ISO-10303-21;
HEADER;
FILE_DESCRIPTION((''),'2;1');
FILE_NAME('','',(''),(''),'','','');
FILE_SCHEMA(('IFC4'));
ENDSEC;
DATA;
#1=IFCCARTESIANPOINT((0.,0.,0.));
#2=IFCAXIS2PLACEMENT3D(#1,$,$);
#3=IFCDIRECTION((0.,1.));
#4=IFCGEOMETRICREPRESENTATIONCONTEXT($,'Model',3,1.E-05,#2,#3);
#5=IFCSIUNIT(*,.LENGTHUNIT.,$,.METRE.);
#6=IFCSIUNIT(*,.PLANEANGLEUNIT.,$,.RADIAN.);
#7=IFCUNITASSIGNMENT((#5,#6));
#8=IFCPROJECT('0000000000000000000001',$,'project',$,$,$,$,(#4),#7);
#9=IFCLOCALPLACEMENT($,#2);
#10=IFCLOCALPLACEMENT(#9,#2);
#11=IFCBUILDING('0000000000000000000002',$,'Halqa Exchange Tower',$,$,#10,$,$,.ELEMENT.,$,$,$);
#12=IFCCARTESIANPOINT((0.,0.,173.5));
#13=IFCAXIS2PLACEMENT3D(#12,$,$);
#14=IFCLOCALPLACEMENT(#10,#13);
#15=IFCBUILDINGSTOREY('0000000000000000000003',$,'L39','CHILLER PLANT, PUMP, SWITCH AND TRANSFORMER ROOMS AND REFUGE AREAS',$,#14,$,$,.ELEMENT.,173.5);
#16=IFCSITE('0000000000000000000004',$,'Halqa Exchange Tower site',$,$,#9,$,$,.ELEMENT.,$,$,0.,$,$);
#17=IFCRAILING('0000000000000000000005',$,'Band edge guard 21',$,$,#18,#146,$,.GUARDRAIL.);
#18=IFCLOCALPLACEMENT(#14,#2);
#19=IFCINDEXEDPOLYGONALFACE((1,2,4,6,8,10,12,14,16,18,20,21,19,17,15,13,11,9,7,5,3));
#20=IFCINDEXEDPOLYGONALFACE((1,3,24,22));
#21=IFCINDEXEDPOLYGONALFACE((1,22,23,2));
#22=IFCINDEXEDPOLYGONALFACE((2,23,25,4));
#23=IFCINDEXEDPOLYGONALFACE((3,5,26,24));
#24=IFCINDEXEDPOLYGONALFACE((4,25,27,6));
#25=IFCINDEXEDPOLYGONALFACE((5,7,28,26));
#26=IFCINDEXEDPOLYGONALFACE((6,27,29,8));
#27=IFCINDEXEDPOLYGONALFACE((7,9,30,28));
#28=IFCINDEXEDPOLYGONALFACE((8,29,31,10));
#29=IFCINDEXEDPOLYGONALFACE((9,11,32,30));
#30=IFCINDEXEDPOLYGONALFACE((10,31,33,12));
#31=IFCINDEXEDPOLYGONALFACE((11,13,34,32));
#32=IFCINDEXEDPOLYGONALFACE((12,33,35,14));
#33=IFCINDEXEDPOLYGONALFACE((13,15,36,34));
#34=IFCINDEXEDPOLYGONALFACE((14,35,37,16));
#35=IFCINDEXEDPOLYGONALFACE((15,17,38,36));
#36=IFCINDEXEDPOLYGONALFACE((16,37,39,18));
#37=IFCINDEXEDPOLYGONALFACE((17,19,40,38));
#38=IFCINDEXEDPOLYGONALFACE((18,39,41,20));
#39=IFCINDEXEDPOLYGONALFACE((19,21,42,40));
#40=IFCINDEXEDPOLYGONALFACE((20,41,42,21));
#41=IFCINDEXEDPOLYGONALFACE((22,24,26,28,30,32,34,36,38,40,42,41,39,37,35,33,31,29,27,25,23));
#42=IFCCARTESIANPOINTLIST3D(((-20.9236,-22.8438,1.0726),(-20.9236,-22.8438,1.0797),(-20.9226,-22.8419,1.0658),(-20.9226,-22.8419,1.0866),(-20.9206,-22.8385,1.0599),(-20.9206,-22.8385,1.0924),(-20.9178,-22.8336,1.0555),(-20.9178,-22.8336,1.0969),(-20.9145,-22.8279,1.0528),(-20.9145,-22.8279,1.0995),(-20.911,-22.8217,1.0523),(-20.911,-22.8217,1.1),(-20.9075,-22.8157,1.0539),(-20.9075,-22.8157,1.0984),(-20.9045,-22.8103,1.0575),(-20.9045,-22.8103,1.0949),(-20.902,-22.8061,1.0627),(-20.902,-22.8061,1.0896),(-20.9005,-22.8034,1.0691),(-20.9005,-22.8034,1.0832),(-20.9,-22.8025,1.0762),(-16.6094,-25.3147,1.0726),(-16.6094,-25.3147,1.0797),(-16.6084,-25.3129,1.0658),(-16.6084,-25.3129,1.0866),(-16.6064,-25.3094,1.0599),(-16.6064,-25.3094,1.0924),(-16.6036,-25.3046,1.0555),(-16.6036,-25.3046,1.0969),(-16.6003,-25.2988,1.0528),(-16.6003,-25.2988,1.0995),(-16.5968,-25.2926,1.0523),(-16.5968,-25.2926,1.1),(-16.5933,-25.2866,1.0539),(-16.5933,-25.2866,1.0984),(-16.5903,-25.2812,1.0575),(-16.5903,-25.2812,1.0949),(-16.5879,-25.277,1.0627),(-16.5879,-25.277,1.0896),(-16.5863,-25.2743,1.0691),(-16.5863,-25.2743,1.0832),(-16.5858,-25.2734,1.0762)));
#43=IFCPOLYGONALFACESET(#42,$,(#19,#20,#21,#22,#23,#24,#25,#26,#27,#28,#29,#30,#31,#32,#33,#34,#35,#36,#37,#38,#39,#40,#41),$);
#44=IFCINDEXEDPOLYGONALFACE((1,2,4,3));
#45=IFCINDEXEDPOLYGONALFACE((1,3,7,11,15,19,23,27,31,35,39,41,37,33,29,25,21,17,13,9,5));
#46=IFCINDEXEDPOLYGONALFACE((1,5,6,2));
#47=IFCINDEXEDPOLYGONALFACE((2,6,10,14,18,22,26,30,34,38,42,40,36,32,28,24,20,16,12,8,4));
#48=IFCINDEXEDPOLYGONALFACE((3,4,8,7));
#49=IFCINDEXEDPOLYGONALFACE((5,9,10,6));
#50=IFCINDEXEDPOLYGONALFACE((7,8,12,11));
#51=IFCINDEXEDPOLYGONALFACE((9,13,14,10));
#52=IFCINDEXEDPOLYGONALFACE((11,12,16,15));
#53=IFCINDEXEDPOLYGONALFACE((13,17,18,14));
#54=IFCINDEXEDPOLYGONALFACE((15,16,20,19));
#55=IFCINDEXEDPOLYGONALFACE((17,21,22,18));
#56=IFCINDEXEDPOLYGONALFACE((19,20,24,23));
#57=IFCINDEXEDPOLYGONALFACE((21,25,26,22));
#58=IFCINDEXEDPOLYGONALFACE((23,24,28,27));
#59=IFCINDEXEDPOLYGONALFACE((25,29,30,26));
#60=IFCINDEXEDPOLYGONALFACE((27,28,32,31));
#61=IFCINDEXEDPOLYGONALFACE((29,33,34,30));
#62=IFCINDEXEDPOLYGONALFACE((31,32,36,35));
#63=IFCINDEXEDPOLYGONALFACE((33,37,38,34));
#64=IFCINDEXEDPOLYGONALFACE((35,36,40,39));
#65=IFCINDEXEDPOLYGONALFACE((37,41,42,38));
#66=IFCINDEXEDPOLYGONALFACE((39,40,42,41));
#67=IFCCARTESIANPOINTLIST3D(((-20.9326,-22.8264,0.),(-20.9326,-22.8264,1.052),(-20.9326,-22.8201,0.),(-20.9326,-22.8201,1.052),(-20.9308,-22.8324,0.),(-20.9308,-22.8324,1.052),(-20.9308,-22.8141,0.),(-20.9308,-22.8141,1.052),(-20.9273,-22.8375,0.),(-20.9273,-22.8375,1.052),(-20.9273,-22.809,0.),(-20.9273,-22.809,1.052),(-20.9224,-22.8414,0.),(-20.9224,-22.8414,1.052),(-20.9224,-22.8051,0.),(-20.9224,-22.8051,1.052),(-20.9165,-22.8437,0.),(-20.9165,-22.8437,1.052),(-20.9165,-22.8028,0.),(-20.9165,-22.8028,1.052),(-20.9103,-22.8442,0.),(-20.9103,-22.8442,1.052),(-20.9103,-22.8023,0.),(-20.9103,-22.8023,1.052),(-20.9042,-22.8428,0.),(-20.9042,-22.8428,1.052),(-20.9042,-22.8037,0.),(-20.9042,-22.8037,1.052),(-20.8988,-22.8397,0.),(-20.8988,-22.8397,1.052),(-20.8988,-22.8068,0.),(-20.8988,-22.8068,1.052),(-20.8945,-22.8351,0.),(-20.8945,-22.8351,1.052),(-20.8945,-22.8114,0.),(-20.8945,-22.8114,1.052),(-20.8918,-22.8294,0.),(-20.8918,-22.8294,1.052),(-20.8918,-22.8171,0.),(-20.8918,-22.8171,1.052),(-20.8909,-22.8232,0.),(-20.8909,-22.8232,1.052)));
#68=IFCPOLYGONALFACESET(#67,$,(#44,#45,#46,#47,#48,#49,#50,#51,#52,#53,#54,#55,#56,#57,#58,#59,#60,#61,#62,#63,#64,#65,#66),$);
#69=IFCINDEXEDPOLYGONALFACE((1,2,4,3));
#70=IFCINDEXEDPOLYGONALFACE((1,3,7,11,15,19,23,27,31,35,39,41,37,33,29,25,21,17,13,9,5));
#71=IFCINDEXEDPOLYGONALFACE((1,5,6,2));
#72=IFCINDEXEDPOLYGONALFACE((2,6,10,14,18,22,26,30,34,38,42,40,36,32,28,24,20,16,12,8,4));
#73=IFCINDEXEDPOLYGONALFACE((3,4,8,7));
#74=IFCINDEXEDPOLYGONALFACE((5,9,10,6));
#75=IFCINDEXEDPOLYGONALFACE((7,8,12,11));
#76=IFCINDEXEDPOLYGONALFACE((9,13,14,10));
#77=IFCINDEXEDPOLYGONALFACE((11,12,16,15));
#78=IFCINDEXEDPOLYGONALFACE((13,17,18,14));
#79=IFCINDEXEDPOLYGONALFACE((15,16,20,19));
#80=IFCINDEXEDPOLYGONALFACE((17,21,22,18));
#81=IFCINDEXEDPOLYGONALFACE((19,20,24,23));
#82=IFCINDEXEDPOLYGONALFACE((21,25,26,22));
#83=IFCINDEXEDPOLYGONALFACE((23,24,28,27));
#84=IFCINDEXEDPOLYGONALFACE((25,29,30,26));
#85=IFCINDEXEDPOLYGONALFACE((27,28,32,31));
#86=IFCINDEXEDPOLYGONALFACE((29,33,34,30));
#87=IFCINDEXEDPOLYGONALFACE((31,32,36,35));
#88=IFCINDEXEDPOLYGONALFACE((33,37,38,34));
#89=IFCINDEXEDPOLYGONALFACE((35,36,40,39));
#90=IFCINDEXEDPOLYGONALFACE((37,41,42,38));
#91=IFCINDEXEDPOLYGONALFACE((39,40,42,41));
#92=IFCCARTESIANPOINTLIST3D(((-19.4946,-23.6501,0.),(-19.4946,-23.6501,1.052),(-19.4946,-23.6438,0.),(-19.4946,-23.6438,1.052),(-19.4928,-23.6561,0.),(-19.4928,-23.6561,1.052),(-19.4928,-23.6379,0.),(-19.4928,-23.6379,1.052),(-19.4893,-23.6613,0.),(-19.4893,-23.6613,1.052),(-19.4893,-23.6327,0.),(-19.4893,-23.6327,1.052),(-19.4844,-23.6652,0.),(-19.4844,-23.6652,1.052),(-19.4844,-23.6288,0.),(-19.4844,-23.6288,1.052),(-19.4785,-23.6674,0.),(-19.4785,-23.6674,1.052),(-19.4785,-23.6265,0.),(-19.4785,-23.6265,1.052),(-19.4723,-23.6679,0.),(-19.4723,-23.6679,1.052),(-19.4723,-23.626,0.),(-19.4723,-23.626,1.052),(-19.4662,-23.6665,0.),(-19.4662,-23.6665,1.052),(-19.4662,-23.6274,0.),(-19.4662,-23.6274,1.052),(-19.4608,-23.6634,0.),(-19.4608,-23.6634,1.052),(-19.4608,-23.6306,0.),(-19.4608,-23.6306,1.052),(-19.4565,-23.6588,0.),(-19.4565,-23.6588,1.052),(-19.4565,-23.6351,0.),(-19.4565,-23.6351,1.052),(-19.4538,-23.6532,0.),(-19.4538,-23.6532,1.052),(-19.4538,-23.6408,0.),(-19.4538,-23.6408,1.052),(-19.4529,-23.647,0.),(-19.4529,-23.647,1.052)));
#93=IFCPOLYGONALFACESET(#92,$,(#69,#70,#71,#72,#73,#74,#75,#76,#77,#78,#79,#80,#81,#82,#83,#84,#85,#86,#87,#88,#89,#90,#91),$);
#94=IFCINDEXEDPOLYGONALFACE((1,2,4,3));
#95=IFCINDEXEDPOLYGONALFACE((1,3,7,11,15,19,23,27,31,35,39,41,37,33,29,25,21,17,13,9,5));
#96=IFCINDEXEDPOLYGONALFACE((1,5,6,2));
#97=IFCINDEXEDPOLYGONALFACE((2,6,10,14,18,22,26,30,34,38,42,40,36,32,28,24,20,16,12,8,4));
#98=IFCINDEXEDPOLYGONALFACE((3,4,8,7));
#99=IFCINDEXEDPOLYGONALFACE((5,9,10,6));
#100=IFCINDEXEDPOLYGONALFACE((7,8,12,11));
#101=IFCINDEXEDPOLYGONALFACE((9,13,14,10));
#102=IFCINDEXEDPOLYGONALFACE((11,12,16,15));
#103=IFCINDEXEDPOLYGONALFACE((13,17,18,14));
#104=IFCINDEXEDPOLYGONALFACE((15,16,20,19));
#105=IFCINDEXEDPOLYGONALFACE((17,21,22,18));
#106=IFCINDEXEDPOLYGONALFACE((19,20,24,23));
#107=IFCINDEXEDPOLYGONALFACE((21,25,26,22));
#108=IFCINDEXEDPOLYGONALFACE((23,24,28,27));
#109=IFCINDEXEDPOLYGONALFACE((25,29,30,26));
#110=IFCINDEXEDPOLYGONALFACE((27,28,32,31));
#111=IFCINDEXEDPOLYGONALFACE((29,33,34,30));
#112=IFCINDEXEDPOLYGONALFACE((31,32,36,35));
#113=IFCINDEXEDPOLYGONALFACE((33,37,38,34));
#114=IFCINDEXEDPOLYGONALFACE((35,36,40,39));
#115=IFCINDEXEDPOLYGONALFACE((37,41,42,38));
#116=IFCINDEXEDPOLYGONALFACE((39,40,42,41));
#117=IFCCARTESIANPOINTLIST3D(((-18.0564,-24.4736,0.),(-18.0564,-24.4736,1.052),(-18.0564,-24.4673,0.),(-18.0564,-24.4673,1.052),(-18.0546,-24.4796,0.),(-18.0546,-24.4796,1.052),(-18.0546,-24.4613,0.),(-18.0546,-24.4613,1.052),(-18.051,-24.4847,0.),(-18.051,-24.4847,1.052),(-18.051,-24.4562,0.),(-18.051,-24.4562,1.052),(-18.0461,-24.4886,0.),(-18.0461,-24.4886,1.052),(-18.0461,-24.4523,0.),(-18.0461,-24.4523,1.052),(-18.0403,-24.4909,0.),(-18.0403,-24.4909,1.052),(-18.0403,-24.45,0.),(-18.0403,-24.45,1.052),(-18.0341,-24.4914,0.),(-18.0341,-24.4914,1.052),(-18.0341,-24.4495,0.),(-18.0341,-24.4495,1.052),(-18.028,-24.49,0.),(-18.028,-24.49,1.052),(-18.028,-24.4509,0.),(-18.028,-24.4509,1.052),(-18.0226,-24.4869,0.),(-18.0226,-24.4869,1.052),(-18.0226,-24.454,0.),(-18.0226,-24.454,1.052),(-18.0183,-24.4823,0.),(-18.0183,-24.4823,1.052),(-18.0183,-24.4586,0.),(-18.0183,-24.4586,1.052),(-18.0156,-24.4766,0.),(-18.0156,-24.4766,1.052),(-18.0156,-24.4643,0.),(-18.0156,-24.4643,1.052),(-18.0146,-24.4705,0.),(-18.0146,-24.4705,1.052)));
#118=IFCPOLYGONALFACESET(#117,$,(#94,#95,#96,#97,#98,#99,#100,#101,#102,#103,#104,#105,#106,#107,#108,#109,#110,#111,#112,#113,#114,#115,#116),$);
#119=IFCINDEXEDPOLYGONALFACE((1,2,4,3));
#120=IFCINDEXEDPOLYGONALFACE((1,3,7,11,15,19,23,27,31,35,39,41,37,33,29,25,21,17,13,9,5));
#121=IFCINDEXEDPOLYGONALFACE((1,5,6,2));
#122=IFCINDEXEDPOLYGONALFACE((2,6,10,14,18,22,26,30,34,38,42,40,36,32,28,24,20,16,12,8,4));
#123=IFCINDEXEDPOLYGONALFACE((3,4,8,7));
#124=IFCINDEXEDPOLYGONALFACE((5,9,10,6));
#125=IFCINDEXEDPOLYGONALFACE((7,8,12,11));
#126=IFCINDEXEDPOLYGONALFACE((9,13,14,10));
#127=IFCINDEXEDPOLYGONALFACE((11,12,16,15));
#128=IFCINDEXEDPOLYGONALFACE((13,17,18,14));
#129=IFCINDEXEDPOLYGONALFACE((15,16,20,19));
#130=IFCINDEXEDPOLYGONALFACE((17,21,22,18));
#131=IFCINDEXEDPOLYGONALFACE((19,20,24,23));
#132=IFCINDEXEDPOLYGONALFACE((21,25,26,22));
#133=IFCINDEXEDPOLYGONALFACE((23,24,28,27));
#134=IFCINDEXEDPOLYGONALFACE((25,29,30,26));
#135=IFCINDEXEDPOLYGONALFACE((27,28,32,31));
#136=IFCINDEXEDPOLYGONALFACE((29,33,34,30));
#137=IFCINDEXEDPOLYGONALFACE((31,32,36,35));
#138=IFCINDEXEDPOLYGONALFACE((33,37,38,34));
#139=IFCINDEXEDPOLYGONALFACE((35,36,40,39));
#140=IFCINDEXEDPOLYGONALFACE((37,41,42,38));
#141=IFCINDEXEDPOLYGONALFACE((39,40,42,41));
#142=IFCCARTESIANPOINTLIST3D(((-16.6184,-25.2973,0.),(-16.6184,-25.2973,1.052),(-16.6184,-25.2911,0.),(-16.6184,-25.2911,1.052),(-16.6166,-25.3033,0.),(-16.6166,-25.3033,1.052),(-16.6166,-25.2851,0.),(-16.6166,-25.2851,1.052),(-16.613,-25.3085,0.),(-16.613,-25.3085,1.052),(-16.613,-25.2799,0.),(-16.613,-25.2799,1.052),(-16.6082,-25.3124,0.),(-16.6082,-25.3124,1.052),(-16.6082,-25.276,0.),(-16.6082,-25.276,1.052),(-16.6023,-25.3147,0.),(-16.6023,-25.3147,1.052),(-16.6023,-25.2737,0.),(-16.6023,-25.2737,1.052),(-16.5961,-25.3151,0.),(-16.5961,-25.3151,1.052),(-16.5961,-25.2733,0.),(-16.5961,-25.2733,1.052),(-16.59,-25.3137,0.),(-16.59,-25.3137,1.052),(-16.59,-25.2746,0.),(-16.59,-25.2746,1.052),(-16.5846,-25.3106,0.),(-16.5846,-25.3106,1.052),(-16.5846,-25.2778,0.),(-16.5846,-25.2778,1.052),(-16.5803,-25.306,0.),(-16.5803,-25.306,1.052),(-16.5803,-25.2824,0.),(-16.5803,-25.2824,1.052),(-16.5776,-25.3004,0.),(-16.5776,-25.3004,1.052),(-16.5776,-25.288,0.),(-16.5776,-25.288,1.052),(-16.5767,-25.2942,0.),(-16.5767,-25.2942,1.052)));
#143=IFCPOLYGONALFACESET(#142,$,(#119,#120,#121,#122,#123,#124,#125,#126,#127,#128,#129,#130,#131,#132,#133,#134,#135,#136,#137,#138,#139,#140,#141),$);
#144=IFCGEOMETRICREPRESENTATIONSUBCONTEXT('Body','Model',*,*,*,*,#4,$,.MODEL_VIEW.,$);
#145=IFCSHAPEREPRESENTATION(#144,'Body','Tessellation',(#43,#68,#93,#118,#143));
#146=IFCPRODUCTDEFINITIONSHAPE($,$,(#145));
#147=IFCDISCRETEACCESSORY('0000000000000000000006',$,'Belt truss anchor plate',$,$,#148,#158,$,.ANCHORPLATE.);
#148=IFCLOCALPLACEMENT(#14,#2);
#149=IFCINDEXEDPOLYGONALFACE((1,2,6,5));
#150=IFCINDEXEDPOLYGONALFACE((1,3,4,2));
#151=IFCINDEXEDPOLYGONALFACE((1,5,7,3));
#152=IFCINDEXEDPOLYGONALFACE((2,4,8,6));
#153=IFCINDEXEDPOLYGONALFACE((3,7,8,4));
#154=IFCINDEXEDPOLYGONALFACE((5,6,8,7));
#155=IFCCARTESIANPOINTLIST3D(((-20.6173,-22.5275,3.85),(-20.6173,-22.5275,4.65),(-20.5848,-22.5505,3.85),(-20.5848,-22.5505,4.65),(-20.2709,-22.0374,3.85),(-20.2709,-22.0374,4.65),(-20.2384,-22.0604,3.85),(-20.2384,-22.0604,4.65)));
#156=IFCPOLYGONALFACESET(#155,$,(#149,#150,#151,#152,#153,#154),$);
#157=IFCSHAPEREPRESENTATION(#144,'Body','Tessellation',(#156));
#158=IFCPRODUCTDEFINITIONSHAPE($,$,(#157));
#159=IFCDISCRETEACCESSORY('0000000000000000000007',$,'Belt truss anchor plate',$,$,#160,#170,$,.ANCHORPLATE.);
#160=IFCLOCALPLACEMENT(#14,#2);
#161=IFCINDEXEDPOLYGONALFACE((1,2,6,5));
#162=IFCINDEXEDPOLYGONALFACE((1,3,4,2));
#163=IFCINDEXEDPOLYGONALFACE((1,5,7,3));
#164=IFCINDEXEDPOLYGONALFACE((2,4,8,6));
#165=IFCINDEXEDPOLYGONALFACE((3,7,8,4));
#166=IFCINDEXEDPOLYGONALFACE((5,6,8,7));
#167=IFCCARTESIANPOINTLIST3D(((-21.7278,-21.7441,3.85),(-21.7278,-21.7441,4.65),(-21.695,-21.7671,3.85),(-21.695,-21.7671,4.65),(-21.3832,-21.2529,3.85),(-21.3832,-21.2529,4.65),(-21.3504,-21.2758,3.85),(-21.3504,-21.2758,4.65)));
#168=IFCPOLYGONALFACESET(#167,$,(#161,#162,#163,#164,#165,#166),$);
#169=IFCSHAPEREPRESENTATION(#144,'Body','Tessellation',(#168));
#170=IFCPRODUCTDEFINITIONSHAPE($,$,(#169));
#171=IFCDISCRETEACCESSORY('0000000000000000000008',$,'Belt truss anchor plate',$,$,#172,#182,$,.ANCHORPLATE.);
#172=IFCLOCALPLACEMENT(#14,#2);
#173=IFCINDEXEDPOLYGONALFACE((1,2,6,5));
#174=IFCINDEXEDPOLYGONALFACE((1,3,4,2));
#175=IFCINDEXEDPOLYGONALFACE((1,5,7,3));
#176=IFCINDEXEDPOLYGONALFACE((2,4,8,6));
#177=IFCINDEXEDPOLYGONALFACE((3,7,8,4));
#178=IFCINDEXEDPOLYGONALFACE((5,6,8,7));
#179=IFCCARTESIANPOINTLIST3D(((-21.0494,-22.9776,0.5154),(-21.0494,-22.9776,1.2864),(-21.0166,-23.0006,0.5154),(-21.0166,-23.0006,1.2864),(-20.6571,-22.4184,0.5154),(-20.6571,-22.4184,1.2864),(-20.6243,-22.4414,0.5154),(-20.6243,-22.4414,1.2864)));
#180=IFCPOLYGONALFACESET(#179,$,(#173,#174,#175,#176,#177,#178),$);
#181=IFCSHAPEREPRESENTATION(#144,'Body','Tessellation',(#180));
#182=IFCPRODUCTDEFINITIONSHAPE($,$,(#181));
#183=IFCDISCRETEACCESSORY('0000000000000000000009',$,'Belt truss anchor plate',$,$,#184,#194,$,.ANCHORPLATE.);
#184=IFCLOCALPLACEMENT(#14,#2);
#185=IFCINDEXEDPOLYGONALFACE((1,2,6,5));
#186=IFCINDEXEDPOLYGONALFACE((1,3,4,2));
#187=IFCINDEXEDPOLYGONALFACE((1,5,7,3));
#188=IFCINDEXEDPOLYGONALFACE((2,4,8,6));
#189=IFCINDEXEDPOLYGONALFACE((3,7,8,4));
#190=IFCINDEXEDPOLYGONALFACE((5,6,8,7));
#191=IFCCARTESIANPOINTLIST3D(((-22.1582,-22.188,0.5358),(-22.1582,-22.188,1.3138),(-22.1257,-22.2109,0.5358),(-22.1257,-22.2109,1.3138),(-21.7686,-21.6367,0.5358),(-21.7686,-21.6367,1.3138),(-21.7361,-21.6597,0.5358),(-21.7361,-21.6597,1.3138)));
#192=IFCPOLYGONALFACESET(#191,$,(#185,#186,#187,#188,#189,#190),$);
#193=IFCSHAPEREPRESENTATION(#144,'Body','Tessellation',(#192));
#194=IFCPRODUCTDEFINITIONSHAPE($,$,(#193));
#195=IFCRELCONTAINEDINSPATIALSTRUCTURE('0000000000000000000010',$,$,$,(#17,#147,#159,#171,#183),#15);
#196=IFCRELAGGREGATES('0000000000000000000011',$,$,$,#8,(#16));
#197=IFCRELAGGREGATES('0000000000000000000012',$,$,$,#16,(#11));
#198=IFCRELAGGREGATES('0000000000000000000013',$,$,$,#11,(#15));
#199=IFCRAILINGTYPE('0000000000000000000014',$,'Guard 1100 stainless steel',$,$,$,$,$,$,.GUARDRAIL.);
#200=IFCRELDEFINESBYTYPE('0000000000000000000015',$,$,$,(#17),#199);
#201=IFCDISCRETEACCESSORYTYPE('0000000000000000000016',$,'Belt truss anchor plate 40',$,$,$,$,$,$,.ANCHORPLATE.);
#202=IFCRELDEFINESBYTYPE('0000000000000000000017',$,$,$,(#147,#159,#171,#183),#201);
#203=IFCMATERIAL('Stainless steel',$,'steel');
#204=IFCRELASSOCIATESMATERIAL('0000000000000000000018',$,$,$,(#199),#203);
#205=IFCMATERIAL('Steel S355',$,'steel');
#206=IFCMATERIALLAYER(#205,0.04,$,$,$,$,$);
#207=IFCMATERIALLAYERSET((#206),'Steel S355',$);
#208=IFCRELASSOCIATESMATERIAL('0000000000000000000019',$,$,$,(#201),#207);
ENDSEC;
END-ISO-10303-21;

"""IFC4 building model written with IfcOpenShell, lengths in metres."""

from ifc_helpers import new_model, si_unit, direction, frame, origin, origin_2d, place, context, subcontext, project, spatial, rectangle, circle, extrude, material, layer, layer_set, type_object, element, save


model = new_model("IFC4")

# Units and contexts
model_context = context("Model", 3, precision=1e-05, world=origin(), true_north=direction((0.0, 1.0)))
body_context = subcontext(model_context, "Body", "Model", "MODEL_VIEW")
ifc_project = project(units=[si_unit("LENGTHUNIT", "METRE"), si_unit("PLANEANGLEUNIT", "RADIAN")], contexts=[model_context])

# Site, building, storey
site_placement = place(None, origin())
site = spatial("IfcSite", under=ifc_project, at=site_placement, Name="Halqa Exchange Tower site", CompositionType="ELEMENT", RefElevation=0.0)
building_placement = place(site_placement, origin())
building = spatial("IfcBuilding", under=site, at=building_placement, Name="Halqa Exchange Tower", CompositionType="ELEMENT")
storey_placement = place(building_placement, frame((0.0, 0.0, 173.5)))
storey = spatial("IfcBuildingStorey", under=building, at=storey_placement, Name="L39", Description="CHILLER PLANT, PUMP, SWITCH AND TRANSFORMER ROOMS AND REFUGE AREAS", CompositionType="ELEMENT", Elevation=173.5)

# Shared definitions
ifc_material_1 = material(Name="Steel S355", Category="steel")

# Railing
ifc_material_2 = material(Name="Stainless steel", Category="steel")
railing_type = type_object("IfcRailingType", Name="Guard 1100 stainless steel", PredefinedType="GUARDRAIL", material=ifc_material_2)
railing_placement = place(storey_placement, frame((-20.9119, -22.8232, 0.0)))
element("IfcRailing", 1, at=railing_placement, inside=storey, type_object=railing_type, Name="Band edge guard 21", PredefinedType="GUARDRAIL", context=body_context, shape_type="SweptSolid", body=[
    extrude(circle(Radius=0.0239, at=origin_2d()), frame((0.0, 0.0, 1.0762), z_axis=(0.86775, -0.497001, 0.0), x_axis=(0.497001, 0.86775, 0.0)), (0.0, 0.0, 1.0), 4.9717),
    extrude(circle(Radius=0.021, at=origin_2d()), origin(), (0.0, 0.0, 1.0), 1.052),
    extrude(circle(Radius=0.021, at=origin_2d()), frame((1.438, -0.8237, 0.0)), (0.0, 0.0, 1.0), 1.052),
    extrude(circle(Radius=0.021, at=origin_2d()), frame((2.8762, -1.6472, 0.0)), (0.0, 0.0, 1.0), 1.052),
    extrude(circle(Radius=0.021, at=origin_2d()), frame((4.3142, -2.4709, 0.0)), (0.0, 0.0, 1.0), 1.052),
])

# Discrete accessories
ifc_layer_1 = layer(ifc_material_1, 0.04)
ifc_layer_set_1 = layer_set([ifc_layer_1], Name="Steel S355")
discrete_accessory_type = type_object("IfcDiscreteAccessoryType", Name="Belt truss anchor plate 40", PredefinedType="ANCHORPLATE", material=ifc_layer_set_1)
discrete_accessory_1_placement = place(storey_placement, frame((-20.4441, -22.2825, 4.25), z_axis=(0.816627, -0.577165, 0.0), x_axis=(0.577165, 0.816627, 0.0)))
element("IfcDiscreteAccessory", 2, at=discrete_accessory_1_placement, inside=storey, type_object=discrete_accessory_type, Name="Belt truss anchor plate", PredefinedType="ANCHORPLATE", context=body_context, shape_type="SweptSolid", body=[
    extrude(rectangle(XDim=0.6001, YDim=0.8, at=origin_2d()), origin(), (0.0, 0.0, 1.0), 0.0398),
])
discrete_accessory_2_placement = place(storey_placement, frame((-21.5227, -21.5215, 4.25), z_axis=(-0.818657, 0.574282, 0.0), x_axis=(-0.574282, -0.818657, 0.0)))
element("IfcDiscreteAccessory", 3, at=discrete_accessory_2_placement, inside=storey, type_object=discrete_accessory_type, Name="Belt truss anchor plate", PredefinedType="ANCHORPLATE", context=body_context, shape_type="SweptSolid", body=[
    extrude(rectangle(XDim=0.6001, YDim=0.8, at=origin_2d()), origin(), (0.0, 0.0, 1.0), 0.04),
])
discrete_accessory_3_placement = place(storey_placement, frame((-20.8533, -22.698, 0.9009), z_axis=(0.818657, -0.574282, 0.0), x_axis=(0.574282, 0.818657, 0.0)))
element("IfcDiscreteAccessory", 4, at=discrete_accessory_3_placement, inside=storey, type_object=discrete_accessory_type, Name="Belt truss anchor plate", PredefinedType="ANCHORPLATE", context=body_context, shape_type="SweptSolid", body=[
    extrude(rectangle(XDim=0.6831, YDim=0.771, at=origin_2d()), origin(), (0.0, 0.0, 1.0), 0.04),
])
discrete_accessory_4_placement = place(storey_placement, frame((-21.9309, -21.9353, 0.9248), z_axis=(-0.816627, 0.577165, 0.0), x_axis=(-0.577165, -0.816627, 0.0)))
element("IfcDiscreteAccessory", 5, at=discrete_accessory_4_placement, inside=storey, type_object=discrete_accessory_type, Name="Belt truss anchor plate", PredefinedType="ANCHORPLATE", context=body_context, shape_type="SweptSolid", body=[
    extrude(rectangle(XDim=0.675, YDim=0.7781, at=origin_2d()), origin(), (0.0, 0.0, 1.0), 0.0398),
])

save(model, "model.ifc")
